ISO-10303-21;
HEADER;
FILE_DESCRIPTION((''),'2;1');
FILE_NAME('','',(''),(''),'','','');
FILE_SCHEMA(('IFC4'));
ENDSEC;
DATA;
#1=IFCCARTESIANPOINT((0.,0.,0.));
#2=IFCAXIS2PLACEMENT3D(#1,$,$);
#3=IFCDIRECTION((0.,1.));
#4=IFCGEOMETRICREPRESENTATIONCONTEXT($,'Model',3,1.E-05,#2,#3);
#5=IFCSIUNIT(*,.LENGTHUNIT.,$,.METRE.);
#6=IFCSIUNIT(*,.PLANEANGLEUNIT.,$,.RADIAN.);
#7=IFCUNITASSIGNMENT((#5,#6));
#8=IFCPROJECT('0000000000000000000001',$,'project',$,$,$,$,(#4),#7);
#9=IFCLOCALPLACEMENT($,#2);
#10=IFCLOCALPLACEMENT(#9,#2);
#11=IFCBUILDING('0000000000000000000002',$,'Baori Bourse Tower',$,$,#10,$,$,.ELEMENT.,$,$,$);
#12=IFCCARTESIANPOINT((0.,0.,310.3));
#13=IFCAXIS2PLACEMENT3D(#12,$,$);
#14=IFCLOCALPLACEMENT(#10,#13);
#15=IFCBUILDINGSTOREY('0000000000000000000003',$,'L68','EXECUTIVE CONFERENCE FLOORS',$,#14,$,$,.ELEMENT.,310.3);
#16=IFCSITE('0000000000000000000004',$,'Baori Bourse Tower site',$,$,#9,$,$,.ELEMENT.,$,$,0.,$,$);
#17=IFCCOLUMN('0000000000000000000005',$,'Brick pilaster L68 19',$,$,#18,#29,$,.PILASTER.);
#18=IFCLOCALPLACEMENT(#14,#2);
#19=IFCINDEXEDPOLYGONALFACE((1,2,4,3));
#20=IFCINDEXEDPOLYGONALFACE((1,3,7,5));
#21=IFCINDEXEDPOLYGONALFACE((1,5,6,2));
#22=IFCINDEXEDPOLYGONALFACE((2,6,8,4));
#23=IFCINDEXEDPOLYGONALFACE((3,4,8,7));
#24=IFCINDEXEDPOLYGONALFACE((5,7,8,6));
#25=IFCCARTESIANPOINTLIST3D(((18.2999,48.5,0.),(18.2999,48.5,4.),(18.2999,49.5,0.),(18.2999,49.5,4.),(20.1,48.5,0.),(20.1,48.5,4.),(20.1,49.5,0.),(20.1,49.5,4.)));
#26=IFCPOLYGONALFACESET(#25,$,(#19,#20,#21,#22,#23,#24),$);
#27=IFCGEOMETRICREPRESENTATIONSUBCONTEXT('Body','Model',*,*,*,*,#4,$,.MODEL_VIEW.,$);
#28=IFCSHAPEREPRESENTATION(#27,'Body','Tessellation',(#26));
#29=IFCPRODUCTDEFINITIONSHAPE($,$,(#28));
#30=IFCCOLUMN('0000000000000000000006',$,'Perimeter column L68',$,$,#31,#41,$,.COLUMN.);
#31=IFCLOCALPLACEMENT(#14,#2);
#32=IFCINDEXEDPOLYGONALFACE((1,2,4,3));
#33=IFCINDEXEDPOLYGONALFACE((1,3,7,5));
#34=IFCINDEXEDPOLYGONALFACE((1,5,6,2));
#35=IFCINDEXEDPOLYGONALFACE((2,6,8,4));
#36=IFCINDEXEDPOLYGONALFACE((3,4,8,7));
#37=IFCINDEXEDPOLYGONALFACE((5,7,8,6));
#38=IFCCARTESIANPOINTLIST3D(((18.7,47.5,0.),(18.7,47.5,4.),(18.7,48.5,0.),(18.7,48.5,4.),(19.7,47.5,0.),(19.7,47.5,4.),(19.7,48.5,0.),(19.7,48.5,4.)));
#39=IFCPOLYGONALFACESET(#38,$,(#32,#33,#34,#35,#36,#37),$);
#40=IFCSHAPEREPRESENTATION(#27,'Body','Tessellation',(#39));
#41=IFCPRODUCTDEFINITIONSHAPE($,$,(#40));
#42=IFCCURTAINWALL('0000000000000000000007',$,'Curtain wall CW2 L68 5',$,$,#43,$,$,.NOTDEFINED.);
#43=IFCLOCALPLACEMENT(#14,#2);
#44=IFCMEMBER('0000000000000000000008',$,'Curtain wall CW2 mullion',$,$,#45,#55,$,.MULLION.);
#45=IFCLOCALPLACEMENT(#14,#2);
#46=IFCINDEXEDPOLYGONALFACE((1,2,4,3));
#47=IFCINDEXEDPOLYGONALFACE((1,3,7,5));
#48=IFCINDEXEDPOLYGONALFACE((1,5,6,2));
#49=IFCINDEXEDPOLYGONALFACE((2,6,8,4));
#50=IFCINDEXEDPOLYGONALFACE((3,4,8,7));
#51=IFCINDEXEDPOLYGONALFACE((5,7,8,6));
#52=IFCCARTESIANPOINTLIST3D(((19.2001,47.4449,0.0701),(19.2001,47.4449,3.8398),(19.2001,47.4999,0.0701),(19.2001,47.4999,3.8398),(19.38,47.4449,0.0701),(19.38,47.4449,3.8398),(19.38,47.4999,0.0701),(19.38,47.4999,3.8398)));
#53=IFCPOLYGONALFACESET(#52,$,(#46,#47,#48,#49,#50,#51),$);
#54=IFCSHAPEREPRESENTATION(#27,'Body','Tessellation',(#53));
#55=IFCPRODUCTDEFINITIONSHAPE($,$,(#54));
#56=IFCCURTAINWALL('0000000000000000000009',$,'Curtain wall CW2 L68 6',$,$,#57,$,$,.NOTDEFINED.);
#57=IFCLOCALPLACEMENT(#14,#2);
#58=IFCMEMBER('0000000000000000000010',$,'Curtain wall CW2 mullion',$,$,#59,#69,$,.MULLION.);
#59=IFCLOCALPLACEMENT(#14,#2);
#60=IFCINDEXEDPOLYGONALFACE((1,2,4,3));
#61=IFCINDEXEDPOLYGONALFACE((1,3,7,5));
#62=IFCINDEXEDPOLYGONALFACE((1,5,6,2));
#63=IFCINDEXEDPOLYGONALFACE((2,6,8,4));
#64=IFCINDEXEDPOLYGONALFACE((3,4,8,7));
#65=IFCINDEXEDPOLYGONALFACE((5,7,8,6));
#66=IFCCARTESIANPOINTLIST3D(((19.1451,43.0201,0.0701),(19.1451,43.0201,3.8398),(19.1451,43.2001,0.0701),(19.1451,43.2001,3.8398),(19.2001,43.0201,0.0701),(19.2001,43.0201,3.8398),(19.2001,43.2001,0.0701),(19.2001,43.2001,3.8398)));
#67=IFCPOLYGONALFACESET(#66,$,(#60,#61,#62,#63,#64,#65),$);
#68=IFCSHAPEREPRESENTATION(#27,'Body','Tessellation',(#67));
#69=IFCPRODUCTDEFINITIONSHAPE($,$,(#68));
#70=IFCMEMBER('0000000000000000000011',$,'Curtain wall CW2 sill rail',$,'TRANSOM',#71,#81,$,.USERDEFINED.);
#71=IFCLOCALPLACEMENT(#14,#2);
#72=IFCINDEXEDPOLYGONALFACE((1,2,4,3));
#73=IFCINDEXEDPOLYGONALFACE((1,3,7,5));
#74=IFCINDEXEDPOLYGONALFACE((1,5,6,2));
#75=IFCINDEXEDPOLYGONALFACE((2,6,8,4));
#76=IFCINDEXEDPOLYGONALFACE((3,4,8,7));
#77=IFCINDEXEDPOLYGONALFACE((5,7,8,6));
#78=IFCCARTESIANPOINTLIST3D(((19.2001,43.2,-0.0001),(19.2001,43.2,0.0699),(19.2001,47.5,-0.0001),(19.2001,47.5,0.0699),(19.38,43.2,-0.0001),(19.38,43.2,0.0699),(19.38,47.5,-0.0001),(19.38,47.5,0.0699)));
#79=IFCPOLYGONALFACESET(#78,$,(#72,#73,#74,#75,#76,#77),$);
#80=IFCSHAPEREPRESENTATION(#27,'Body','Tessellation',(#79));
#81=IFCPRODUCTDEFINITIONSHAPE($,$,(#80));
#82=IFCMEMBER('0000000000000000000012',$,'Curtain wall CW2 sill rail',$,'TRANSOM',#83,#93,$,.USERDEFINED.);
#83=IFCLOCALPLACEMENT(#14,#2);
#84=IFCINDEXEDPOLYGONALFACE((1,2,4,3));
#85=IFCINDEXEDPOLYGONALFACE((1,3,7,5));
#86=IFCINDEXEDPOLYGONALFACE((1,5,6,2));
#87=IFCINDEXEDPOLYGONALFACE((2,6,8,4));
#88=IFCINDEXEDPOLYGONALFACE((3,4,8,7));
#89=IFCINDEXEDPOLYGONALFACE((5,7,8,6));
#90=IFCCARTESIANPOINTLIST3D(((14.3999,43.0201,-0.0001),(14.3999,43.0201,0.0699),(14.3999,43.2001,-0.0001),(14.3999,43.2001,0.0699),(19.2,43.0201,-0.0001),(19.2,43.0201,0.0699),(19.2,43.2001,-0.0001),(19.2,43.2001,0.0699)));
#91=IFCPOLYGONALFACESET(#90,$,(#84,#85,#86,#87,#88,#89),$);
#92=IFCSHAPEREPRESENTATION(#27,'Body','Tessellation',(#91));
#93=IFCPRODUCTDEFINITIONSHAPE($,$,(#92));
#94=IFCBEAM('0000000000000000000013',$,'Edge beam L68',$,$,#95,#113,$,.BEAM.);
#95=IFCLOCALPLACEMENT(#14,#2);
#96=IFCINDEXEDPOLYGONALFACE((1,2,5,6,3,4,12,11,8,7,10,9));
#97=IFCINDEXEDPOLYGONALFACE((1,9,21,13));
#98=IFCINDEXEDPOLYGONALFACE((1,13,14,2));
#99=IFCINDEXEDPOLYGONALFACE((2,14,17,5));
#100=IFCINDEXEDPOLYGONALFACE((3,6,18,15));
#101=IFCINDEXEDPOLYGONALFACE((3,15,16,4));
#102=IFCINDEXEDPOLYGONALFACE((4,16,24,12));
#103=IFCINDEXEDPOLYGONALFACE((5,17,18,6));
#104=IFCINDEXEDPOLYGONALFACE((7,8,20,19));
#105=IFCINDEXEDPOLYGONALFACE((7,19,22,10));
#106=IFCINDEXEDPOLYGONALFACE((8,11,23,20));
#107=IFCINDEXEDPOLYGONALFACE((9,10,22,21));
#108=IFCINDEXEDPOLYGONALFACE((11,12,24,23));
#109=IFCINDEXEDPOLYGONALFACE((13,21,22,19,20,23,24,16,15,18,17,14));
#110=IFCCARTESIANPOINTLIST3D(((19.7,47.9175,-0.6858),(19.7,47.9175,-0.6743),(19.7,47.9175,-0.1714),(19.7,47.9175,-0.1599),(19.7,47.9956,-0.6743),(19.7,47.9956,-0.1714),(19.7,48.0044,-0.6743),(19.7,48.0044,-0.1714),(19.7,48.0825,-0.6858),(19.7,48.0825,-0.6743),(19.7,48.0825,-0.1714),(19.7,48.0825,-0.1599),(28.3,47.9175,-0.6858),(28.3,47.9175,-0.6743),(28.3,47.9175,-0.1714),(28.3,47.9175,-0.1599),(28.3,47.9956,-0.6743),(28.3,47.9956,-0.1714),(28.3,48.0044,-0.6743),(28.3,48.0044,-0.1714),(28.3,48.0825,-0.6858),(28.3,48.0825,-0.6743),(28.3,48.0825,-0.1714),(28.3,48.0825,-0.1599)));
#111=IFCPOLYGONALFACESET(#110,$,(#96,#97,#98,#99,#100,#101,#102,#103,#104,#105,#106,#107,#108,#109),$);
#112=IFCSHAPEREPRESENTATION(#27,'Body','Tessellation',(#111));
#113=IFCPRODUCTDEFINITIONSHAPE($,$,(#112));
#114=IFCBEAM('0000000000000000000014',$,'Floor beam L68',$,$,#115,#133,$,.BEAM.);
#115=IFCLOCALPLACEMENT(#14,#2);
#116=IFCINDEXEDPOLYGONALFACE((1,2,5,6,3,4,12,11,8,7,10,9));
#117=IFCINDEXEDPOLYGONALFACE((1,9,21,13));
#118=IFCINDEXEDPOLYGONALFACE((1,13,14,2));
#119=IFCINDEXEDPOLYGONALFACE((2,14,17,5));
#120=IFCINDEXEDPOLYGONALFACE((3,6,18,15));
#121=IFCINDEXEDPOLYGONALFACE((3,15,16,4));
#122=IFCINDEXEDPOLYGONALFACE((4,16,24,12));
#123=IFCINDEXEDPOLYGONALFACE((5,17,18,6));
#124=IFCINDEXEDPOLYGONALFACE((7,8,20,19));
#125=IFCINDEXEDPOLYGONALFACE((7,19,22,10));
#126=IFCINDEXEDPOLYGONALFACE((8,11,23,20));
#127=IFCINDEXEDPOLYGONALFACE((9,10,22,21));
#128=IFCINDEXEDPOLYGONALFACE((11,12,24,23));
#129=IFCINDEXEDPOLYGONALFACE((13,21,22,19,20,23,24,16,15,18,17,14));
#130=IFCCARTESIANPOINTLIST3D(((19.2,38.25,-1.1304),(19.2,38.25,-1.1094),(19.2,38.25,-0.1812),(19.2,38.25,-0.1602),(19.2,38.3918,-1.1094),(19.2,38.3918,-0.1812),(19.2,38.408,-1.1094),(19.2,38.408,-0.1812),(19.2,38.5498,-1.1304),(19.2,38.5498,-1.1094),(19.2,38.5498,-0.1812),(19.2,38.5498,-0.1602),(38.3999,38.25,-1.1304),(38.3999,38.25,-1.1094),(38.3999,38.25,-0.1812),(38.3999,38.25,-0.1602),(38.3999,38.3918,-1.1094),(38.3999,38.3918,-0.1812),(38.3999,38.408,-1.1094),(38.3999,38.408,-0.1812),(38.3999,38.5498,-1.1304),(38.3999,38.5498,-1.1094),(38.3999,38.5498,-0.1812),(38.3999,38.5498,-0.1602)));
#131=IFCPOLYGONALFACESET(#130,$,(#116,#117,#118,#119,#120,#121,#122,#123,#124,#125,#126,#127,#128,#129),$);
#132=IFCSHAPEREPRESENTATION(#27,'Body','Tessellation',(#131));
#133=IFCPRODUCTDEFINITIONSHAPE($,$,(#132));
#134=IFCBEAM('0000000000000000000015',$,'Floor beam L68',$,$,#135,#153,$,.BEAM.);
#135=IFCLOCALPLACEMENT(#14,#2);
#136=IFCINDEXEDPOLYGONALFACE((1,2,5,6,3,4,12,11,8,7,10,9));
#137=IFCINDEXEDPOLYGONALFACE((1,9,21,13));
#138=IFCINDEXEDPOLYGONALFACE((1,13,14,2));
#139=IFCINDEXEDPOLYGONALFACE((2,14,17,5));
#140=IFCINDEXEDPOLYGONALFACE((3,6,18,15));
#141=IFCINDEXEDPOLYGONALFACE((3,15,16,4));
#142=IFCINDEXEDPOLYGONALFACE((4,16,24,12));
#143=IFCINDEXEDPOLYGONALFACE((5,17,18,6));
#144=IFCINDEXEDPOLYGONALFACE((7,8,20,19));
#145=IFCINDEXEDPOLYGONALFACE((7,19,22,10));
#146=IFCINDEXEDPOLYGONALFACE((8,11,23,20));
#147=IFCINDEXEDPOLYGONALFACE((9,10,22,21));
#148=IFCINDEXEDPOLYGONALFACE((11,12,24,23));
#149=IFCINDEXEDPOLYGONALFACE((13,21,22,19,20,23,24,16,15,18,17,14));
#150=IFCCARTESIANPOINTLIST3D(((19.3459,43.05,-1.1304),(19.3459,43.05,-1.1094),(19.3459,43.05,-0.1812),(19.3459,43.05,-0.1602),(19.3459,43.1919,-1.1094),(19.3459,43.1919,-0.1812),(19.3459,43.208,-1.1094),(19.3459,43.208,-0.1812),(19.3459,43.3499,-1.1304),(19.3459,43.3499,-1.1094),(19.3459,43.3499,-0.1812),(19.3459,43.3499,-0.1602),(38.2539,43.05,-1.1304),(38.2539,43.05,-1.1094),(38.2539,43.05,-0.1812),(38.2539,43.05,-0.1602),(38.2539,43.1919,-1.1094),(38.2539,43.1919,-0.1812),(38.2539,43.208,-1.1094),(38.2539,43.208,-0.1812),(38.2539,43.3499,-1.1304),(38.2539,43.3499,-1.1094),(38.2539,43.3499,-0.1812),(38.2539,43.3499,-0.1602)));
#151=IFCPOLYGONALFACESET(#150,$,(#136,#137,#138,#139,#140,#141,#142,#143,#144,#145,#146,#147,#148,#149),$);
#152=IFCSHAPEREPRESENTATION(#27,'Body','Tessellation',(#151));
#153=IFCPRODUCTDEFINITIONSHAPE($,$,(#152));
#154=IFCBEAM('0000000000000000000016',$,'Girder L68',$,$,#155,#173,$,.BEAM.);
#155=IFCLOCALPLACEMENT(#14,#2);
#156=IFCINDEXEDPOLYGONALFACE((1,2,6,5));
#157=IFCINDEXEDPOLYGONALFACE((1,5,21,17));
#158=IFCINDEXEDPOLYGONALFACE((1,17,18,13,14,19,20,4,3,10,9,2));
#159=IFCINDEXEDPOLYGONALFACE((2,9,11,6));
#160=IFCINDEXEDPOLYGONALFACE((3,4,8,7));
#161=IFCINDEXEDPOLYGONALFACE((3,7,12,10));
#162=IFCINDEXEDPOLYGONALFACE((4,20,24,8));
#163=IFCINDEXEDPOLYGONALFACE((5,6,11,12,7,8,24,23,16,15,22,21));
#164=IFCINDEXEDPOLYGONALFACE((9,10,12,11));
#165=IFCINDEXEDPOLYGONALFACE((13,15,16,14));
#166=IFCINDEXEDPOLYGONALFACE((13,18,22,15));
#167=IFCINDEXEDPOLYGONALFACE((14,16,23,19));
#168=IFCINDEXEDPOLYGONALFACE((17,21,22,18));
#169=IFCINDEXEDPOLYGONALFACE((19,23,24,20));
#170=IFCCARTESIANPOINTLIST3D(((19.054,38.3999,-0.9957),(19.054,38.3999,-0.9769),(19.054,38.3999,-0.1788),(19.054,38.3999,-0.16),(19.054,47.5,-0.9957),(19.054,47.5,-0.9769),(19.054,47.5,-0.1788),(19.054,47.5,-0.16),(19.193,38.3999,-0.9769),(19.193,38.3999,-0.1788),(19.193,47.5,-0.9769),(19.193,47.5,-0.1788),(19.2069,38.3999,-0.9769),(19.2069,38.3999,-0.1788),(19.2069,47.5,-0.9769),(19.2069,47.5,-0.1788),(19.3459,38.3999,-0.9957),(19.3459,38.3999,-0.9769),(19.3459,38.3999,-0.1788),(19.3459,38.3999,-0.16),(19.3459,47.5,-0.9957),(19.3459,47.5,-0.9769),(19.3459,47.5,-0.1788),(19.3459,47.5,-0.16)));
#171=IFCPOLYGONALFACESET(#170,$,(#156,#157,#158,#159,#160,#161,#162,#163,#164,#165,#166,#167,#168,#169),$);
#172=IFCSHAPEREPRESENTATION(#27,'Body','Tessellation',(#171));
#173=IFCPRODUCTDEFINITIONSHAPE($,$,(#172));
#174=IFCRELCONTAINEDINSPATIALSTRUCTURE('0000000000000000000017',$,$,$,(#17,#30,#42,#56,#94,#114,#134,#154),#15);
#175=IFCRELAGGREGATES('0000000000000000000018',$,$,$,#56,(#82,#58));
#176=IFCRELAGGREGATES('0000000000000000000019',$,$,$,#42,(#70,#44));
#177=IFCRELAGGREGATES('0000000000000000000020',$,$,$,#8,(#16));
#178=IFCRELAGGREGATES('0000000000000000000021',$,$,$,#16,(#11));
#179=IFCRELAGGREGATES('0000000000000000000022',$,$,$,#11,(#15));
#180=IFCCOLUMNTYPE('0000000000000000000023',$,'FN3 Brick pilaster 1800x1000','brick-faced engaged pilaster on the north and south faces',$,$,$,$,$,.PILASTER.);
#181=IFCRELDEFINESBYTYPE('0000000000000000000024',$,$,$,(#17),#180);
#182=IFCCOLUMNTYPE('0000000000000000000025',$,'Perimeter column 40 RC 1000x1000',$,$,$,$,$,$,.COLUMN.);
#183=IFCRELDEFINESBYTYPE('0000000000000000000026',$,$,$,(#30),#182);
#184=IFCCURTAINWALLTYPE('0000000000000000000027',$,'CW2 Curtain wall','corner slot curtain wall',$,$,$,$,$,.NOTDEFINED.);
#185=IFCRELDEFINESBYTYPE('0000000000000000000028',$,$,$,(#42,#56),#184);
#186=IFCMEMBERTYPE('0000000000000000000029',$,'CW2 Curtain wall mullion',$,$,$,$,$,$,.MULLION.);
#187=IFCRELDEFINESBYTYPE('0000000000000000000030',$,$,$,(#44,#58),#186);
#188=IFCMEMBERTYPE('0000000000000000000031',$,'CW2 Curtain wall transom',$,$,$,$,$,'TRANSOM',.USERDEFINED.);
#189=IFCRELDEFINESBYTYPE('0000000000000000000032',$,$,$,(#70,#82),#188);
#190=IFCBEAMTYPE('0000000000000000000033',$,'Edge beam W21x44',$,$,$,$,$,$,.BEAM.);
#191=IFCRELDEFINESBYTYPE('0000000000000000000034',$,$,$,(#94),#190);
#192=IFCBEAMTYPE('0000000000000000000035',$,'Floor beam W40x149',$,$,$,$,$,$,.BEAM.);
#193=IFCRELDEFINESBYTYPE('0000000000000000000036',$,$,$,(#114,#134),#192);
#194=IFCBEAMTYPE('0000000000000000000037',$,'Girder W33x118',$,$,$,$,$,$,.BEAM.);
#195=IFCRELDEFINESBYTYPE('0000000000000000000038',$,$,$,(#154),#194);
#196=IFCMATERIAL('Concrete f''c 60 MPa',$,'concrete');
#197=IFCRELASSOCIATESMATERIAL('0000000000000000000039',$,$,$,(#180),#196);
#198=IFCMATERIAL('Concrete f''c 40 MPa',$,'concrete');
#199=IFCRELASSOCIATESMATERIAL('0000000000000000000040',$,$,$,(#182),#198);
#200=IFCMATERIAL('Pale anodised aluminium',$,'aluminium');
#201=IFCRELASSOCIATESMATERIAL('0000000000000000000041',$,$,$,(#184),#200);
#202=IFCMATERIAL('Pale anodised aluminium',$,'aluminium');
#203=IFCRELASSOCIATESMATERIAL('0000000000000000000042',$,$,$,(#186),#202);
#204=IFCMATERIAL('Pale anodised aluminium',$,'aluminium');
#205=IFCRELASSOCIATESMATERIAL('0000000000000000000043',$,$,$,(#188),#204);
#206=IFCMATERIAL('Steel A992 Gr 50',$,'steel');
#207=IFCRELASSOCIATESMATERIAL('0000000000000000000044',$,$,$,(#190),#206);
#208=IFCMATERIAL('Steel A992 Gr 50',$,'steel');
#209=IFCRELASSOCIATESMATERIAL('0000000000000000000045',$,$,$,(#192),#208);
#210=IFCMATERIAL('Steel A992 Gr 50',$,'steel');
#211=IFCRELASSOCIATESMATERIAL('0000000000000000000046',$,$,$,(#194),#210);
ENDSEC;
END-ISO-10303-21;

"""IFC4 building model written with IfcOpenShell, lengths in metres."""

from ifc_helpers import new_model, si_unit, direction, frame, origin, origin_2d, place, context, subcontext, project, spatial, rectangle, i_section, extrude, material, material_profile, profile_set, type_object, element, aggregate, save


model = new_model("IFC4")

# Units and contexts
model_context = context("Model", 3, precision=1e-05, world=origin(), true_north=direction((0.0, 1.0)))
body_context = subcontext(model_context, "Body", "Model", "MODEL_VIEW")
ifc_project = project(units=[si_unit("LENGTHUNIT", "METRE"), si_unit("PLANEANGLEUNIT", "RADIAN")], contexts=[model_context])

# Site, building, storey
site_placement = place(None, origin())
site = spatial("IfcSite", under=ifc_project, at=site_placement, Name="Baori Bourse Tower site", CompositionType="ELEMENT", RefElevation=0.0)
building_placement = place(site_placement, origin())
building = spatial("IfcBuilding", under=site, at=building_placement, Name="Baori Bourse Tower", CompositionType="ELEMENT")
storey_placement = place(building_placement, frame((0.0, 0.0, 310.3)))
storey = spatial("IfcBuildingStorey", under=building, at=storey_placement, Name="L68", Description="EXECUTIVE CONFERENCE FLOORS", CompositionType="ELEMENT", Elevation=310.3)

# Columns
ifc_material_1 = material(Name="Concrete f'c 60 MPa", Category="concrete")
ifc_material_profile_1 = material_profile(ifc_material_1, rectangle(XDim=1.8, YDim=1.0, at=origin_2d()), Name="RC 1800x1000")
ifc_profile_set_1 = profile_set([ifc_material_profile_1], Name="Concrete f'c 60 MPa")
column_type_1 = type_object("IfcColumnType", Name="FN3 Brick pilaster 1800x1000", Description="brick-faced engaged pilaster on the north and south faces", PredefinedType="PILASTER", material=ifc_profile_set_1)
column_1_placement = place(storey_placement, frame((19.2, 49.0, 0.0), z_axis=(0.0, 0.0, 1.0), x_axis=(1.0, 0.0, 0.0)))
element("IfcColumn", 1, at=column_1_placement, inside=storey, type_object=column_type_1, Name="Brick pilaster L68 19", PredefinedType="PILASTER", context=body_context, shape_type="SweptSolid", body=[
    extrude(rectangle(XDim=1.8, YDim=1.0, at=origin_2d()), origin(), (0.0, 0.0, 1.0), 4.0),
])
ifc_material_2 = material(Name="Concrete f'c 40 MPa", Category="concrete")
ifc_material_profile_2 = material_profile(ifc_material_2, rectangle(XDim=1.0, YDim=1.0, at=origin_2d()), Name="RC 1000x1000")
ifc_profile_set_2 = profile_set([ifc_material_profile_2], Name="Concrete f'c 40 MPa")
column_type_2 = type_object("IfcColumnType", Name="Perimeter column 40 RC 1000x1000", PredefinedType="COLUMN", material=ifc_profile_set_2)
column_2_placement = place(storey_placement, frame((19.2, 48.0, 0.0), z_axis=(0.0, 0.0, 1.0), x_axis=(1.0, 0.0, 0.0)))
element("IfcColumn", 2, at=column_2_placement, inside=storey, type_object=column_type_2, Name="Perimeter column L68", PredefinedType="COLUMN", context=body_context, shape_type="SweptSolid", body=[
    extrude(rectangle(XDim=1.0, YDim=1.0, at=origin_2d()), origin(), (0.0, 0.0, 1.0), 4.0),
])

# Curtain walls, members
ifc_material_3 = material(Name="Pale anodised aluminium", Category="aluminium")
curtain_wall_type = type_object("IfcCurtainWallType", Name="CW2 Curtain wall", Description="corner slot curtain wall", PredefinedType="NOTDEFINED", material=ifc_material_3)
curtain_wall_1_placement = place(storey_placement, origin())
curtain_wall_1 = element("IfcCurtainWall", 3, at=curtain_wall_1_placement, inside=storey, type_object=curtain_wall_type, Name="Curtain wall CW2 L68 5", PredefinedType="NOTDEFINED")
ifc_material_4 = material(Name="Pale anodised aluminium", Category="aluminium")
ifc_material_profile_3 = material_profile(ifc_material_4, rectangle(XDim=0.1799, YDim=0.0549, at=origin_2d()), Name="Mullion 55x180")
ifc_profile_set_3 = profile_set([ifc_material_profile_3], Name="Pale anodised aluminium")
member_type_1 = type_object("IfcMemberType", Name="CW2 Curtain wall mullion", PredefinedType="MULLION", material=ifc_profile_set_3)
member_1_placement = place(storey_placement, frame((19.29, 47.4724, 0.0701), z_axis=(0.0, 0.0, 1.0), x_axis=(1.0, 0.0, 0.0)))
member_1 = element("IfcMember", 4, at=member_1_placement, type_object=member_type_1, Name="Curtain wall CW2 mullion", PredefinedType="MULLION", context=body_context, shape_type="SweptSolid", body=[
    extrude(rectangle(XDim=0.1799, YDim=0.0549, at=origin_2d()), origin(), (0.0, 0.0, 1.0), 3.7698),
])
curtain_wall_2_placement = place(storey_placement, origin())
curtain_wall_2 = element("IfcCurtainWall", 5, at=curtain_wall_2_placement, inside=storey, type_object=curtain_wall_type, Name="Curtain wall CW2 L68 6", PredefinedType="NOTDEFINED")
member_2_placement = place(storey_placement, frame((19.1726, 43.1101, 0.0701), z_axis=(0.0, 0.0, 1.0), x_axis=(0.0, -1.0, 0.0)))
member_2 = element("IfcMember", 6, at=member_2_placement, type_object=member_type_1, Name="Curtain wall CW2 mullion", PredefinedType="MULLION", context=body_context, shape_type="SweptSolid", body=[
    extrude(rectangle(XDim=0.1799, YDim=0.0549, at=origin_2d()), origin(), (0.0, 0.0, 1.0), 3.7698),
])

# Members
ifc_material_5 = material(Name="Pale anodised aluminium", Category="aluminium")
ifc_material_profile_4 = material_profile(ifc_material_5, rectangle(XDim=0.1799, YDim=0.0701, at=origin_2d()), Name="Transom 70x180")
ifc_profile_set_4 = profile_set([ifc_material_profile_4], Name="Pale anodised aluminium")
member_type_2 = type_object("IfcMemberType", Name="CW2 Curtain wall transom", ElementType="TRANSOM", PredefinedType="USERDEFINED", material=ifc_profile_set_4)
member_3_placement = place(storey_placement, frame((19.29, 47.5, 0.0349), z_axis=(0.0, -1.0, 0.0), x_axis=(1.0, 0.0, 0.0)))
member_3 = element("IfcMember", 7, at=member_3_placement, type_object=member_type_2, Name="Curtain wall CW2 sill rail", ObjectType="TRANSOM", PredefinedType="USERDEFINED", context=body_context, shape_type="SweptSolid", body=[
    extrude(rectangle(XDim=0.1799, YDim=0.0701, at=origin_2d()), origin(), (0.0, 0.0, 1.0), 4.3),
])
member_4_placement = place(storey_placement, frame((19.2, 43.1101, 0.0349), z_axis=(-1.0, 0.0, 0.0), x_axis=(0.0, -1.0, 0.0)))
member_4 = element("IfcMember", 8, at=member_4_placement, type_object=member_type_2, Name="Curtain wall CW2 sill rail", ObjectType="TRANSOM", PredefinedType="USERDEFINED", context=body_context, shape_type="SweptSolid", body=[
    extrude(rectangle(XDim=0.1799, YDim=0.0701, at=origin_2d()), origin(), (0.0, 0.0, 1.0), 4.8),
])
aggregate(curtain_wall_2, [member_4, member_2])

# Beams
ifc_material_6 = material(Name="Steel A992 Gr 50", Category="steel")
ifc_material_profile_5 = material_profile(ifc_material_6, i_section(OverallWidth=0.165, OverallDepth=0.5259, WebThickness=0.0088, FlangeThickness=0.0115, at=origin_2d()), Name="W21x44")
ifc_profile_set_5 = profile_set([ifc_material_profile_5], Name="Steel A992 Gr 50")
beam_type_1 = type_object("IfcBeamType", Name="Edge beam W21x44", PredefinedType="BEAM", material=ifc_profile_set_5)
beam_1_placement = place(storey_placement, frame((19.7, 48.0, -0.4229), z_axis=(1.0, 0.0, 0.0), x_axis=(0.0, 1.0, 0.0)))
element("IfcBeam", 9, at=beam_1_placement, inside=storey, type_object=beam_type_1, Name="Edge beam L68", PredefinedType="BEAM", context=body_context, shape_type="SweptSolid", body=[
    extrude(i_section(OverallWidth=0.165, OverallDepth=0.5259, WebThickness=0.0088, FlangeThickness=0.0115, at=origin_2d()), origin(), (0.0, 0.0, 1.0), 8.6001),
])
ifc_material_7 = material(Name="Steel A992 Gr 50", Category="steel")
ifc_material_profile_6 = material_profile(ifc_material_7, i_section(OverallWidth=0.2998, OverallDepth=0.9702, WebThickness=0.0161, FlangeThickness=0.021, at=origin_2d()), Name="W40x149")
ifc_profile_set_6 = profile_set([ifc_material_profile_6], Name="Steel A992 Gr 50")
beam_type_2 = type_object("IfcBeamType", Name="Floor beam W40x149", PredefinedType="BEAM", material=ifc_profile_set_6)
beam_2_placement = place(storey_placement, frame((19.2, 38.3999, -0.6453), z_axis=(1.0, 0.0, 0.0), x_axis=(0.0, 1.0, 0.0)))
element("IfcBeam", 10, at=beam_2_placement, inside=storey, type_object=beam_type_2, Name="Floor beam L68", PredefinedType="BEAM", context=body_context, shape_type="SweptSolid", body=[
    extrude(i_section(OverallWidth=0.2998, OverallDepth=0.9702, WebThickness=0.0161, FlangeThickness=0.021, at=origin_2d()), origin(), (0.0, 0.0, 1.0), 19.2),
])
beam_3_placement = place(storey_placement, frame((19.3459, 43.2, -0.6453), z_axis=(1.0, 0.0, 0.0), x_axis=(0.0, 1.0, 0.0)))
element("IfcBeam", 11, at=beam_3_placement, inside=storey, type_object=beam_type_2, Name="Floor beam L68", PredefinedType="BEAM", context=body_context, shape_type="SweptSolid", body=[
    extrude(i_section(OverallWidth=0.2998, OverallDepth=0.9702, WebThickness=0.0161, FlangeThickness=0.021, at=origin_2d()), origin(), (0.0, 0.0, 1.0), 18.908),
])
ifc_material_8 = material(Name="Steel A992 Gr 50", Category="steel")
ifc_material_profile_7 = material_profile(ifc_material_8, i_section(OverallWidth=0.292, OverallDepth=0.8357, WebThickness=0.0139, FlangeThickness=0.0188, at=origin_2d()), Name="W33x118")
ifc_profile_set_7 = profile_set([ifc_material_profile_7], Name="Steel A992 Gr 50")
beam_type_3 = type_object("IfcBeamType", Name="Girder W33x118", PredefinedType="BEAM", material=ifc_profile_set_7)
beam_4_placement = place(storey_placement, frame((19.2, 38.3999, -0.5779), z_axis=(0.0, 1.0, 0.0), x_axis=(-1.0, 0.0, 0.0)))
element("IfcBeam", 12, at=beam_4_placement, inside=storey, type_object=beam_type_3, Name="Girder L68", PredefinedType="BEAM", context=body_context, shape_type="SweptSolid", body=[
    extrude(i_section(OverallWidth=0.292, OverallDepth=0.8357, WebThickness=0.0139, FlangeThickness=0.0188, at=origin_2d()), origin(), (0.0, 0.0, 1.0), 9.1001),
])

aggregate(curtain_wall_1, [member_3, member_1])

save(model, "model.ifc")
